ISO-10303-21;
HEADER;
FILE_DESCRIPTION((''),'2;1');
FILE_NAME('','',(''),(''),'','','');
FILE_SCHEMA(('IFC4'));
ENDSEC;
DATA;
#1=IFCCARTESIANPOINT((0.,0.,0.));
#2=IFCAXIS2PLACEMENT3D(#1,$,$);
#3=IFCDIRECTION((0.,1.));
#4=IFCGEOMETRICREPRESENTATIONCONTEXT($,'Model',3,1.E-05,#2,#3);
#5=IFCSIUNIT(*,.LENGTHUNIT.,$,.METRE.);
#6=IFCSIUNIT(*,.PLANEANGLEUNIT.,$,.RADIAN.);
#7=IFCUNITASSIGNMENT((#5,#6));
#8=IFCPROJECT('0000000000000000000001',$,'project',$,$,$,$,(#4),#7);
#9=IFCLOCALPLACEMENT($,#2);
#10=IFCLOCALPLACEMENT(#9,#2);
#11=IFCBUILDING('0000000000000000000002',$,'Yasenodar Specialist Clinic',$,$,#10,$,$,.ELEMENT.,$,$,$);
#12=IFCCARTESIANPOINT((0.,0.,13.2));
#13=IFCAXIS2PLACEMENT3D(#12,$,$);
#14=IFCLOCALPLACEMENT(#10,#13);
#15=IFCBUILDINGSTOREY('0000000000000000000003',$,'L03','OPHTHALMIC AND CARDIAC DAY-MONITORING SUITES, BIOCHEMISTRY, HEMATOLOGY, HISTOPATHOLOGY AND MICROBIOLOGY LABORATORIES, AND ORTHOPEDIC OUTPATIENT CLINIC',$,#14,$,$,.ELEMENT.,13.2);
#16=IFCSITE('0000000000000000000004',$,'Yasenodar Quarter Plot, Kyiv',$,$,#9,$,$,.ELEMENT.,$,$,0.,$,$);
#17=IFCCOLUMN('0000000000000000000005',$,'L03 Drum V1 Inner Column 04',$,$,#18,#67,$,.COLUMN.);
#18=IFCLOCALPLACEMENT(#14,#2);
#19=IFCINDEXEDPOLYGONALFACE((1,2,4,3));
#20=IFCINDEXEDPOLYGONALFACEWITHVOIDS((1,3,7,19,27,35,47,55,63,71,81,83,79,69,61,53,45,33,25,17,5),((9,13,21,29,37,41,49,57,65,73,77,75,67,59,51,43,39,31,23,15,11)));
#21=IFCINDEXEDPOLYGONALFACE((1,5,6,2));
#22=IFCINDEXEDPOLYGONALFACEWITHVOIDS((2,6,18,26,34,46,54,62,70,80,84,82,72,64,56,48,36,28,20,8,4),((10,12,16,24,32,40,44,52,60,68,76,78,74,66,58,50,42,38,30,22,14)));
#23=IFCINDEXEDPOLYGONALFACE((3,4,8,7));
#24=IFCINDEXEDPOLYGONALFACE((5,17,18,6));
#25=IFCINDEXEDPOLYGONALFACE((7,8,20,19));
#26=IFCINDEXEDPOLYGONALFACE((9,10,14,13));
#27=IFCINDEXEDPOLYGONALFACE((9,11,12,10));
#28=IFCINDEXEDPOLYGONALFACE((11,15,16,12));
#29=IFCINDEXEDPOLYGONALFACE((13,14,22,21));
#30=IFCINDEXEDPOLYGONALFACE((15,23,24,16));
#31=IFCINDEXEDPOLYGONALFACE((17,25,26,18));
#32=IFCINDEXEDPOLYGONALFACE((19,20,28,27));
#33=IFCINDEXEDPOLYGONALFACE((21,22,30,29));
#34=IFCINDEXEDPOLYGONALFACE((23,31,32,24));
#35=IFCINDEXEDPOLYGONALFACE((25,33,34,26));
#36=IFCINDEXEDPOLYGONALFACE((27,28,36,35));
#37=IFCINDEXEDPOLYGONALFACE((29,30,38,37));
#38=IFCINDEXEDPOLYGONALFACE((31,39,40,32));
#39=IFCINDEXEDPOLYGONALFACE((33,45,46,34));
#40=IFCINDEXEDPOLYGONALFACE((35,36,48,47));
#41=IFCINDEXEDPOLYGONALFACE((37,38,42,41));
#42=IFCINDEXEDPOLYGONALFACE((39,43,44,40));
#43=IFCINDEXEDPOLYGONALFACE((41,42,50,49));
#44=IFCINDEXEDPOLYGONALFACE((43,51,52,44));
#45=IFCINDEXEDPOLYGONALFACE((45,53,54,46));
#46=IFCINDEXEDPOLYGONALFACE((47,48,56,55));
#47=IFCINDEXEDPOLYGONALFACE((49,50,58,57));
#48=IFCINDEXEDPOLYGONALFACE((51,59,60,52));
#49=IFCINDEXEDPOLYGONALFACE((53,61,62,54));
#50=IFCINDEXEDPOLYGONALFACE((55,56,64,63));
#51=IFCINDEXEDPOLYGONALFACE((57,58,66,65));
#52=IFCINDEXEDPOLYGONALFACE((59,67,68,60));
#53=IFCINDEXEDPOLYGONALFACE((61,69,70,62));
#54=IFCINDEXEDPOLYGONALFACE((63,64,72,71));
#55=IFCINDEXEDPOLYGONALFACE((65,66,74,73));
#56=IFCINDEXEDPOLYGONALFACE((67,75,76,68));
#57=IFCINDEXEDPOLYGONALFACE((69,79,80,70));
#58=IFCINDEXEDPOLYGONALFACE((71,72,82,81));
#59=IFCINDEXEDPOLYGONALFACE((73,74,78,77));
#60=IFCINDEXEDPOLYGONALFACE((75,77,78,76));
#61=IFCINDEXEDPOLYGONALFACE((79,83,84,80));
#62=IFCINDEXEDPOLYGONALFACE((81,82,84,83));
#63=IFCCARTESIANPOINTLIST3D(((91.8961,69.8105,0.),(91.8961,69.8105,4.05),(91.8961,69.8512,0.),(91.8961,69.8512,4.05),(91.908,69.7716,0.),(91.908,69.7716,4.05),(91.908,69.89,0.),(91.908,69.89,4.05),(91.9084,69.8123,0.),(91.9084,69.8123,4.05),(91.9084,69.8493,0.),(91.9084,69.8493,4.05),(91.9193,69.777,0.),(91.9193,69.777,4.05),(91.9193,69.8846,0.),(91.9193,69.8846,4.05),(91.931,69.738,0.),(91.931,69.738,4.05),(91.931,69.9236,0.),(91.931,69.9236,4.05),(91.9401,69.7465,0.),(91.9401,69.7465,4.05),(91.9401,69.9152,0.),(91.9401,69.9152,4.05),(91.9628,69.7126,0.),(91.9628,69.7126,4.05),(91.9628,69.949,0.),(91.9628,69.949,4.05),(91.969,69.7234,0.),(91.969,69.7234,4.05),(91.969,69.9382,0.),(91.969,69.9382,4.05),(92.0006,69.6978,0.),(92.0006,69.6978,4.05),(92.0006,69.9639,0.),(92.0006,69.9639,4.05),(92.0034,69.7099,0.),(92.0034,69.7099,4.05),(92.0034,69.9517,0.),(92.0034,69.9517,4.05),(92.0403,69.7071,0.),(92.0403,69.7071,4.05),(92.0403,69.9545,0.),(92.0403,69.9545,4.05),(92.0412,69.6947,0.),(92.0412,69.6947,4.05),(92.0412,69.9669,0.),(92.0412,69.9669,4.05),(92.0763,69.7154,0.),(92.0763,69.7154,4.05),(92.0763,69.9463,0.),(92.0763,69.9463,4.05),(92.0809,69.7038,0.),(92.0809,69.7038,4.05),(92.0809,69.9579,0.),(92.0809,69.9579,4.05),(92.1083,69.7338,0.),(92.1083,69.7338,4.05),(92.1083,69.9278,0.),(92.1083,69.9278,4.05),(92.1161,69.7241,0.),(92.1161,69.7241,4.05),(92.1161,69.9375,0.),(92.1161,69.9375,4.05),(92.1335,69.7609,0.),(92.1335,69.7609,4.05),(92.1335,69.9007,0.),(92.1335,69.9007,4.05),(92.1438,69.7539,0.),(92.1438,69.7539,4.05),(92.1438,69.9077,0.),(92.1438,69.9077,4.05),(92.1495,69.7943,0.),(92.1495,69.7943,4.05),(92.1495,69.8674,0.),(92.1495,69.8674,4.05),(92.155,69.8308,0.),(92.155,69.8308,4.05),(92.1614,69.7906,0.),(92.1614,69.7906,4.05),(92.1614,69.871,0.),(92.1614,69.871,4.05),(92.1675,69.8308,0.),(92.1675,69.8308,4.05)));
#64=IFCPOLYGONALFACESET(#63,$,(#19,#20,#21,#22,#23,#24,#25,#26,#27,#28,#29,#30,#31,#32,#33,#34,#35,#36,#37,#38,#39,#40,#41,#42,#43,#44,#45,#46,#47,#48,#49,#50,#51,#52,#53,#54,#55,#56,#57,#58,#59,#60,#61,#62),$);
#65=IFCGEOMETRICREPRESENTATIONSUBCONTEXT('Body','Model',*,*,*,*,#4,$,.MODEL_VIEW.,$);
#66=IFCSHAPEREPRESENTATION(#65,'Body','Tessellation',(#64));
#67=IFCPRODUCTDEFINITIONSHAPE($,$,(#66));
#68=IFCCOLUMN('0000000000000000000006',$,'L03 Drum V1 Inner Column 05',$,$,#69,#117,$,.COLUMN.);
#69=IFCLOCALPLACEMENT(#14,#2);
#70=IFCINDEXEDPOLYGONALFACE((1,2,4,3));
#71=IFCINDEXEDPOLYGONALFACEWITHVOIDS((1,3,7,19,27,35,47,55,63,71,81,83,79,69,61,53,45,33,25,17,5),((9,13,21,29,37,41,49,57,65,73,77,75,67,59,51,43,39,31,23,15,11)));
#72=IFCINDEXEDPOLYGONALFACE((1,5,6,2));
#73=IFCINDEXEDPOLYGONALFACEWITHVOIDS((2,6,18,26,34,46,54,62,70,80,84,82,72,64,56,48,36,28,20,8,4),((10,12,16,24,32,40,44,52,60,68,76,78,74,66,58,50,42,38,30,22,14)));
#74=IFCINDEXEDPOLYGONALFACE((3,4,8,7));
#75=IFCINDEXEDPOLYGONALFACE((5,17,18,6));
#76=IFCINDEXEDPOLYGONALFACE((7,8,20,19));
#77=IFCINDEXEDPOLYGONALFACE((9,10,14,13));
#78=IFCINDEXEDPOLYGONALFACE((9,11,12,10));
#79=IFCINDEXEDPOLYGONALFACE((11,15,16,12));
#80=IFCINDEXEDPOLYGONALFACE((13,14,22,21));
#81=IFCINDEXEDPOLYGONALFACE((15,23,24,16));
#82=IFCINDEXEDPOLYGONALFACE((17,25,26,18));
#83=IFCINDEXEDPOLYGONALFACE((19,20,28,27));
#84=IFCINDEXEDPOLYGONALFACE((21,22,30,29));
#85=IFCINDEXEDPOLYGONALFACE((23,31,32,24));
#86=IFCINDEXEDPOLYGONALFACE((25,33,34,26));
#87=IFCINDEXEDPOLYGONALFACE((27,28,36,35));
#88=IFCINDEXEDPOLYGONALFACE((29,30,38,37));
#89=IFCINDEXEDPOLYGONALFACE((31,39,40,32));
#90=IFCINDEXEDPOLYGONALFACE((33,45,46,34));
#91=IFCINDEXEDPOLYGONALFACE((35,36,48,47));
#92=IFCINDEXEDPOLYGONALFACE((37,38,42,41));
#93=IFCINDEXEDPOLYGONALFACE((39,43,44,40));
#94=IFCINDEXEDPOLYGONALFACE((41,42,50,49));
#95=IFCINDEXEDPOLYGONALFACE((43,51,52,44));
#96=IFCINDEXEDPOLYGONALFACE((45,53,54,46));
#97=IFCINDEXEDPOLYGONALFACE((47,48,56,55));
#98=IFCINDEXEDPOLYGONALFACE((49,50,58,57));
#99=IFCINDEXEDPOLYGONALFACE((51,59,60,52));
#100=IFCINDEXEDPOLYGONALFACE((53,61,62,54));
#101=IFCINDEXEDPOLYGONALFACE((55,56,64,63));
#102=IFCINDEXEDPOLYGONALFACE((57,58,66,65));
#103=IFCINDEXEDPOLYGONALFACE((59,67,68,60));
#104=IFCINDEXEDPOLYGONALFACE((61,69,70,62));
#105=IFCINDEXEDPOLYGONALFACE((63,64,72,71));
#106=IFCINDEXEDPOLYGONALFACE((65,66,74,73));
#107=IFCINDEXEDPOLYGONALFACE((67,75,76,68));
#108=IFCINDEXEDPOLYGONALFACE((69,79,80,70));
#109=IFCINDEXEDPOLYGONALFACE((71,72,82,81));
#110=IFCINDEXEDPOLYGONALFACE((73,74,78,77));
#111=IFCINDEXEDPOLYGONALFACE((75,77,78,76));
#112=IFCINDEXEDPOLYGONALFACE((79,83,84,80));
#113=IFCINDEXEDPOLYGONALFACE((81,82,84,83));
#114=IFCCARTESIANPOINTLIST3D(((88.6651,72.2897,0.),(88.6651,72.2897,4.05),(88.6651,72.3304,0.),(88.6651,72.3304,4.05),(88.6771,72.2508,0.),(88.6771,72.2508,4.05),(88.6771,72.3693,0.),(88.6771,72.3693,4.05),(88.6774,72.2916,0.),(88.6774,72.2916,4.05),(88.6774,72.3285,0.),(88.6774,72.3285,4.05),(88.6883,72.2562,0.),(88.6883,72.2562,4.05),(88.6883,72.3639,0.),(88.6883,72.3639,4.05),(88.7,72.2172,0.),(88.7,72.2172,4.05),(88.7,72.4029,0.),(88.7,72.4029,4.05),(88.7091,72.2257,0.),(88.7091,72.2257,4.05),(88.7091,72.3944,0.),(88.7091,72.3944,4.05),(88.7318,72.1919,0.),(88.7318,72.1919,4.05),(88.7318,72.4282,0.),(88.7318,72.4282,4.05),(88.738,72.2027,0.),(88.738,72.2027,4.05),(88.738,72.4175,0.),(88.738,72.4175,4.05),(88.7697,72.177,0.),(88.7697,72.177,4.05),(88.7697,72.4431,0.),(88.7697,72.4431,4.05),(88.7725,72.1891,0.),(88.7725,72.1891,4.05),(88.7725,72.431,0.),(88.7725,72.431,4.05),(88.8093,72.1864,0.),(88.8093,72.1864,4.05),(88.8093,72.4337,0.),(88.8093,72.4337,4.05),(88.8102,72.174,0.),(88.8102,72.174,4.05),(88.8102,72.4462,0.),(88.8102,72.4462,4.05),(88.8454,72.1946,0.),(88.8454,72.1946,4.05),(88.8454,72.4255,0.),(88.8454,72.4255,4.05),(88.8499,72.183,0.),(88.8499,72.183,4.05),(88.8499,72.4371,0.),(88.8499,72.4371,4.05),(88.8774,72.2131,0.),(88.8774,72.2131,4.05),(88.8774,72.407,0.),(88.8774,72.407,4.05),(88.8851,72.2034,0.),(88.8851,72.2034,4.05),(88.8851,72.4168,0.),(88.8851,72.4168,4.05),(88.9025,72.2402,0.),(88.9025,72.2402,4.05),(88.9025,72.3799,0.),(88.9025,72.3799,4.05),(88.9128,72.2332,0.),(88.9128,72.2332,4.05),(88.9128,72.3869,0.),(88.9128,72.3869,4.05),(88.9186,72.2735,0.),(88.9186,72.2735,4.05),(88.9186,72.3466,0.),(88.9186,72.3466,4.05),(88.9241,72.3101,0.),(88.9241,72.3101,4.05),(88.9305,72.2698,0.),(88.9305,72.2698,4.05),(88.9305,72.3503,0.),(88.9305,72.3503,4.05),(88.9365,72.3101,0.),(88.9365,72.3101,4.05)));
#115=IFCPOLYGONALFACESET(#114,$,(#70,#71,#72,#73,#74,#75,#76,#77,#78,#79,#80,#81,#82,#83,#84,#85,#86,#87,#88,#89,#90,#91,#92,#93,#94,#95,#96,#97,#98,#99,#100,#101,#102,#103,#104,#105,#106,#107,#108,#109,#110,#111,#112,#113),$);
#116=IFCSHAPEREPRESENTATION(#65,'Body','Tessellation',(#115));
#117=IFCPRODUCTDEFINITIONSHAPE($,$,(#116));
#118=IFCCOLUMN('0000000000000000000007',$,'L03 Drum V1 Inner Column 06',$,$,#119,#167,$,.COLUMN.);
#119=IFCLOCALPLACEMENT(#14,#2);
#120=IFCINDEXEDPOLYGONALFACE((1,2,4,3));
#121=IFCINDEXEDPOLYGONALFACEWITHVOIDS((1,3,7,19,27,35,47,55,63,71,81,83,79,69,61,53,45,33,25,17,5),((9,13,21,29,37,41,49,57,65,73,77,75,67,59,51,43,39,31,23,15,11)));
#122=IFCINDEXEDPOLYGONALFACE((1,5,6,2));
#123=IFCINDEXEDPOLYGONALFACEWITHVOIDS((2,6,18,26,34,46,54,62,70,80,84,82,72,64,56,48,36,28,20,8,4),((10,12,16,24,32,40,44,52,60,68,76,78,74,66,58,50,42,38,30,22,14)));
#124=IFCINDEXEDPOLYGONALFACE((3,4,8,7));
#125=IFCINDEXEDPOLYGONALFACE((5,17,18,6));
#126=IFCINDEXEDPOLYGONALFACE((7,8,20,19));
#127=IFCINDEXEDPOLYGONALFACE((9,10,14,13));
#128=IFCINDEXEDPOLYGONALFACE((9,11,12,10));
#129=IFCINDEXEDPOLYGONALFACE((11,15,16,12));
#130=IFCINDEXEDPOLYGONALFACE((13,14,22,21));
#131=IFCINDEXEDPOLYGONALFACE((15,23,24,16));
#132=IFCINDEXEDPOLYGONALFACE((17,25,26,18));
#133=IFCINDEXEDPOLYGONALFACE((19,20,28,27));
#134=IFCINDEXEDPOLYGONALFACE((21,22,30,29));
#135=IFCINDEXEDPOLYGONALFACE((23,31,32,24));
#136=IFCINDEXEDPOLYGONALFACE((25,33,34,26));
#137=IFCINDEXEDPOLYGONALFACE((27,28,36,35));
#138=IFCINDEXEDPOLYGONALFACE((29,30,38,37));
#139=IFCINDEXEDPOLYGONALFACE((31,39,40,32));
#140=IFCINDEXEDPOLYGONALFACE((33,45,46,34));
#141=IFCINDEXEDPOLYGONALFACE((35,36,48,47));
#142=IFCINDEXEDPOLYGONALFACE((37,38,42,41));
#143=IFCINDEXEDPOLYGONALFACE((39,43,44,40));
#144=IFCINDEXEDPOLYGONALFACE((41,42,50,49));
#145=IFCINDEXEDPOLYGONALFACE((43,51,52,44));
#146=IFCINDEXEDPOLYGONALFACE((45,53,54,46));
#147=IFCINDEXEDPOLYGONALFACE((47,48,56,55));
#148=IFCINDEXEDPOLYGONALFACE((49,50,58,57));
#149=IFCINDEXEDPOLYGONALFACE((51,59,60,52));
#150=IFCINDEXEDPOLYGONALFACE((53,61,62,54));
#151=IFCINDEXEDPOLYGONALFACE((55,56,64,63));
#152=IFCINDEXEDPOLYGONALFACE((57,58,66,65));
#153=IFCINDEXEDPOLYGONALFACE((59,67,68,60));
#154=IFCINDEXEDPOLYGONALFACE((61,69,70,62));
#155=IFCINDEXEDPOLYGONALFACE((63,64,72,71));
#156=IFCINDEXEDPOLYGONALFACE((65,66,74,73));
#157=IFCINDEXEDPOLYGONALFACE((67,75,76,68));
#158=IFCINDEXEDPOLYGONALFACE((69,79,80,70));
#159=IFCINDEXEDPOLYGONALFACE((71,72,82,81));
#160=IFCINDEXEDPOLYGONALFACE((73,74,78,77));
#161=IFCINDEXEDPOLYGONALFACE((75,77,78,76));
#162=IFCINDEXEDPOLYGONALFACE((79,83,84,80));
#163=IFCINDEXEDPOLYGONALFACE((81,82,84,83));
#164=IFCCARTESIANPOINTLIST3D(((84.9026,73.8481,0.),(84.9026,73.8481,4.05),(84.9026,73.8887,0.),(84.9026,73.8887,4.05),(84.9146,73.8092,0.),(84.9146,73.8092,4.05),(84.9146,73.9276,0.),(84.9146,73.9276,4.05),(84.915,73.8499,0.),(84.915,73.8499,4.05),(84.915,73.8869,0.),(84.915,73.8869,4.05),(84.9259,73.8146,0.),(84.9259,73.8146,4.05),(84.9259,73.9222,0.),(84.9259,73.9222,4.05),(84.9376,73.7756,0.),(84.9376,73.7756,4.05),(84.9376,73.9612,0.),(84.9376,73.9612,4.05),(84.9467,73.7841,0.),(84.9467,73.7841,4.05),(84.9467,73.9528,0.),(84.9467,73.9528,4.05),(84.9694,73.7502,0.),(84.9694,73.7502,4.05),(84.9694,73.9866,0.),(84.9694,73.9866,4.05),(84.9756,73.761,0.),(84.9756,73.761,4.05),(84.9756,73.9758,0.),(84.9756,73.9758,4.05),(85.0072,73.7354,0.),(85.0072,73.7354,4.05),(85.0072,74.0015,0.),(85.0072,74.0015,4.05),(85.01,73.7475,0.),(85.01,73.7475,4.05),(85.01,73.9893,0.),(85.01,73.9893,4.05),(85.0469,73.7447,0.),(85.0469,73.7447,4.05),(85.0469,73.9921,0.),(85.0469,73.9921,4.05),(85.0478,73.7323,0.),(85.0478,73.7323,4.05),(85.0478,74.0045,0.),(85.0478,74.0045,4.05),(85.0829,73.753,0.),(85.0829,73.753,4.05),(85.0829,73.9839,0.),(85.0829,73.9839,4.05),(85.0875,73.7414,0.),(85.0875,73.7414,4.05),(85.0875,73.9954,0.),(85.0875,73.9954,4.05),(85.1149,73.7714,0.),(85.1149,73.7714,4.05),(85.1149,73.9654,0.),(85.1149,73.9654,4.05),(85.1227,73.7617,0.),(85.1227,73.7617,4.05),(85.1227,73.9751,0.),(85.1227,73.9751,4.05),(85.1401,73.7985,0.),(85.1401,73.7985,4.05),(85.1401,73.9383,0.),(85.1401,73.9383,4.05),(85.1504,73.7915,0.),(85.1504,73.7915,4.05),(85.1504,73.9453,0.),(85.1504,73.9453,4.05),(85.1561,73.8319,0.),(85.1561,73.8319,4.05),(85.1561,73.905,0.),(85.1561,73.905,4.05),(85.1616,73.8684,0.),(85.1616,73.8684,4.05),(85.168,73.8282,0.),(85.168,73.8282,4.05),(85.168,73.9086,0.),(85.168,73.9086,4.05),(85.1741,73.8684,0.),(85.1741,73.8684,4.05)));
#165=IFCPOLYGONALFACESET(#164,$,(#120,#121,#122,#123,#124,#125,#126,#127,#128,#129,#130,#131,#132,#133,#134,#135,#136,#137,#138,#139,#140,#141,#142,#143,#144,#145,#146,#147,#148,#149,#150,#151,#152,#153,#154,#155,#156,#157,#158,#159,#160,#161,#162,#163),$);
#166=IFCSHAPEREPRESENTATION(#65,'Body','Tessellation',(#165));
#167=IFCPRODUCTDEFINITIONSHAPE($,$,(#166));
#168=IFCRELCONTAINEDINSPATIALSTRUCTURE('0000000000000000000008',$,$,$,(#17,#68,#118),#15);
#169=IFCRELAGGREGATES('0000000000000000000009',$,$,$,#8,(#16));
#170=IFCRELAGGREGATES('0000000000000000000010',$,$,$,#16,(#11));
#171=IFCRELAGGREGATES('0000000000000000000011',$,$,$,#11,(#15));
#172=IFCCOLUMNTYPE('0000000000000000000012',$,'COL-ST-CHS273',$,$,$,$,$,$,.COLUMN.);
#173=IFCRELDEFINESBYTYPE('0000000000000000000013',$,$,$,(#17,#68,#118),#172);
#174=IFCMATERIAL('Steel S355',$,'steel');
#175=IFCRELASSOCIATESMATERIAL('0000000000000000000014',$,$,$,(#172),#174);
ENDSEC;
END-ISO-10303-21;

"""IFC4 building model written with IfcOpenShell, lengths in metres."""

from ifc_helpers import new_model, si_unit, direction, frame, origin, origin_2d, place, context, subcontext, project, spatial, hollow_circle, extrude, material, material_profile, profile_set, type_object, element, save


model = new_model("IFC4")

# Units and contexts
model_context = context("Model", 3, precision=1e-05, world=origin(), true_north=direction((0.0, 1.0)))
body_context = subcontext(model_context, "Body", "Model", "MODEL_VIEW")
ifc_project = project(units=[si_unit("LENGTHUNIT", "METRE"), si_unit("PLANEANGLEUNIT", "RADIAN")], contexts=[model_context])

# Site, building, storey
site_placement = place(None, origin())
site = spatial("IfcSite", under=ifc_project, at=site_placement, Name="Yasenodar Quarter Plot, Kyiv", CompositionType="ELEMENT", RefElevation=0.0)
building_placement = place(site_placement, origin())
building = spatial("IfcBuilding", under=site, at=building_placement, Name="Yasenodar Specialist Clinic", CompositionType="ELEMENT")
storey_placement = place(building_placement, frame((0.0, 0.0, 13.2)))
storey = spatial("IfcBuildingStorey", under=building, at=storey_placement, Name="L03", Description="OPHTHALMIC AND CARDIAC DAY-MONITORING SUITES, BIOCHEMISTRY, HEMATOLOGY, HISTOPATHOLOGY AND MICROBIOLOGY LABORATORIES, AND ORTHOPEDIC OUTPATIENT CLINIC", CompositionType="ELEMENT", Elevation=13.2)

# Columns
ifc_material_1 = material(Name="Steel S355", Category="steel")
ifc_material_profile_1 = material_profile(ifc_material_1, hollow_circle(Radius=0.1365, WallThickness=0.0125, at=origin_2d()), Name="CHS 273x12.5")
ifc_profile_set_1 = profile_set([ifc_material_profile_1], Name="Steel S355")
column_type = type_object("IfcColumnType", Name="COL-ST-CHS273", PredefinedType="COLUMN", material=ifc_profile_set_1)
for number, where, z_axis, x_axis, name in (
    (1, (92.031, 69.8308, 0.0), (0.0, 0.0, 1.0), (1.0, 0.0, 0.0), "L03 Drum V1 Inner Column 04"),
    (2, (88.8, 72.3101, 0.0), (0.0, 0.0, 1.0), (1.0, 0.0, 0.0), "L03 Drum V1 Inner Column 05"),
    (3, (85.0376, 73.8684, 0.0), (0.0, 0.0, 1.0), (1.0, 0.0, 0.0), "L03 Drum V1 Inner Column 06"),
):
    element("IfcColumn", number, at=place(storey_placement, frame(where, z_axis=z_axis, x_axis=x_axis)), inside=storey, type_object=column_type, Name=name, PredefinedType="COLUMN", context=body_context, shape_type="SweptSolid", body=[
        extrude(hollow_circle(Radius=0.1365, WallThickness=0.0125, at=origin_2d()), origin(), (0.0, 0.0, 1.0), 4.05),
    ])

save(model, "model.ifc")
